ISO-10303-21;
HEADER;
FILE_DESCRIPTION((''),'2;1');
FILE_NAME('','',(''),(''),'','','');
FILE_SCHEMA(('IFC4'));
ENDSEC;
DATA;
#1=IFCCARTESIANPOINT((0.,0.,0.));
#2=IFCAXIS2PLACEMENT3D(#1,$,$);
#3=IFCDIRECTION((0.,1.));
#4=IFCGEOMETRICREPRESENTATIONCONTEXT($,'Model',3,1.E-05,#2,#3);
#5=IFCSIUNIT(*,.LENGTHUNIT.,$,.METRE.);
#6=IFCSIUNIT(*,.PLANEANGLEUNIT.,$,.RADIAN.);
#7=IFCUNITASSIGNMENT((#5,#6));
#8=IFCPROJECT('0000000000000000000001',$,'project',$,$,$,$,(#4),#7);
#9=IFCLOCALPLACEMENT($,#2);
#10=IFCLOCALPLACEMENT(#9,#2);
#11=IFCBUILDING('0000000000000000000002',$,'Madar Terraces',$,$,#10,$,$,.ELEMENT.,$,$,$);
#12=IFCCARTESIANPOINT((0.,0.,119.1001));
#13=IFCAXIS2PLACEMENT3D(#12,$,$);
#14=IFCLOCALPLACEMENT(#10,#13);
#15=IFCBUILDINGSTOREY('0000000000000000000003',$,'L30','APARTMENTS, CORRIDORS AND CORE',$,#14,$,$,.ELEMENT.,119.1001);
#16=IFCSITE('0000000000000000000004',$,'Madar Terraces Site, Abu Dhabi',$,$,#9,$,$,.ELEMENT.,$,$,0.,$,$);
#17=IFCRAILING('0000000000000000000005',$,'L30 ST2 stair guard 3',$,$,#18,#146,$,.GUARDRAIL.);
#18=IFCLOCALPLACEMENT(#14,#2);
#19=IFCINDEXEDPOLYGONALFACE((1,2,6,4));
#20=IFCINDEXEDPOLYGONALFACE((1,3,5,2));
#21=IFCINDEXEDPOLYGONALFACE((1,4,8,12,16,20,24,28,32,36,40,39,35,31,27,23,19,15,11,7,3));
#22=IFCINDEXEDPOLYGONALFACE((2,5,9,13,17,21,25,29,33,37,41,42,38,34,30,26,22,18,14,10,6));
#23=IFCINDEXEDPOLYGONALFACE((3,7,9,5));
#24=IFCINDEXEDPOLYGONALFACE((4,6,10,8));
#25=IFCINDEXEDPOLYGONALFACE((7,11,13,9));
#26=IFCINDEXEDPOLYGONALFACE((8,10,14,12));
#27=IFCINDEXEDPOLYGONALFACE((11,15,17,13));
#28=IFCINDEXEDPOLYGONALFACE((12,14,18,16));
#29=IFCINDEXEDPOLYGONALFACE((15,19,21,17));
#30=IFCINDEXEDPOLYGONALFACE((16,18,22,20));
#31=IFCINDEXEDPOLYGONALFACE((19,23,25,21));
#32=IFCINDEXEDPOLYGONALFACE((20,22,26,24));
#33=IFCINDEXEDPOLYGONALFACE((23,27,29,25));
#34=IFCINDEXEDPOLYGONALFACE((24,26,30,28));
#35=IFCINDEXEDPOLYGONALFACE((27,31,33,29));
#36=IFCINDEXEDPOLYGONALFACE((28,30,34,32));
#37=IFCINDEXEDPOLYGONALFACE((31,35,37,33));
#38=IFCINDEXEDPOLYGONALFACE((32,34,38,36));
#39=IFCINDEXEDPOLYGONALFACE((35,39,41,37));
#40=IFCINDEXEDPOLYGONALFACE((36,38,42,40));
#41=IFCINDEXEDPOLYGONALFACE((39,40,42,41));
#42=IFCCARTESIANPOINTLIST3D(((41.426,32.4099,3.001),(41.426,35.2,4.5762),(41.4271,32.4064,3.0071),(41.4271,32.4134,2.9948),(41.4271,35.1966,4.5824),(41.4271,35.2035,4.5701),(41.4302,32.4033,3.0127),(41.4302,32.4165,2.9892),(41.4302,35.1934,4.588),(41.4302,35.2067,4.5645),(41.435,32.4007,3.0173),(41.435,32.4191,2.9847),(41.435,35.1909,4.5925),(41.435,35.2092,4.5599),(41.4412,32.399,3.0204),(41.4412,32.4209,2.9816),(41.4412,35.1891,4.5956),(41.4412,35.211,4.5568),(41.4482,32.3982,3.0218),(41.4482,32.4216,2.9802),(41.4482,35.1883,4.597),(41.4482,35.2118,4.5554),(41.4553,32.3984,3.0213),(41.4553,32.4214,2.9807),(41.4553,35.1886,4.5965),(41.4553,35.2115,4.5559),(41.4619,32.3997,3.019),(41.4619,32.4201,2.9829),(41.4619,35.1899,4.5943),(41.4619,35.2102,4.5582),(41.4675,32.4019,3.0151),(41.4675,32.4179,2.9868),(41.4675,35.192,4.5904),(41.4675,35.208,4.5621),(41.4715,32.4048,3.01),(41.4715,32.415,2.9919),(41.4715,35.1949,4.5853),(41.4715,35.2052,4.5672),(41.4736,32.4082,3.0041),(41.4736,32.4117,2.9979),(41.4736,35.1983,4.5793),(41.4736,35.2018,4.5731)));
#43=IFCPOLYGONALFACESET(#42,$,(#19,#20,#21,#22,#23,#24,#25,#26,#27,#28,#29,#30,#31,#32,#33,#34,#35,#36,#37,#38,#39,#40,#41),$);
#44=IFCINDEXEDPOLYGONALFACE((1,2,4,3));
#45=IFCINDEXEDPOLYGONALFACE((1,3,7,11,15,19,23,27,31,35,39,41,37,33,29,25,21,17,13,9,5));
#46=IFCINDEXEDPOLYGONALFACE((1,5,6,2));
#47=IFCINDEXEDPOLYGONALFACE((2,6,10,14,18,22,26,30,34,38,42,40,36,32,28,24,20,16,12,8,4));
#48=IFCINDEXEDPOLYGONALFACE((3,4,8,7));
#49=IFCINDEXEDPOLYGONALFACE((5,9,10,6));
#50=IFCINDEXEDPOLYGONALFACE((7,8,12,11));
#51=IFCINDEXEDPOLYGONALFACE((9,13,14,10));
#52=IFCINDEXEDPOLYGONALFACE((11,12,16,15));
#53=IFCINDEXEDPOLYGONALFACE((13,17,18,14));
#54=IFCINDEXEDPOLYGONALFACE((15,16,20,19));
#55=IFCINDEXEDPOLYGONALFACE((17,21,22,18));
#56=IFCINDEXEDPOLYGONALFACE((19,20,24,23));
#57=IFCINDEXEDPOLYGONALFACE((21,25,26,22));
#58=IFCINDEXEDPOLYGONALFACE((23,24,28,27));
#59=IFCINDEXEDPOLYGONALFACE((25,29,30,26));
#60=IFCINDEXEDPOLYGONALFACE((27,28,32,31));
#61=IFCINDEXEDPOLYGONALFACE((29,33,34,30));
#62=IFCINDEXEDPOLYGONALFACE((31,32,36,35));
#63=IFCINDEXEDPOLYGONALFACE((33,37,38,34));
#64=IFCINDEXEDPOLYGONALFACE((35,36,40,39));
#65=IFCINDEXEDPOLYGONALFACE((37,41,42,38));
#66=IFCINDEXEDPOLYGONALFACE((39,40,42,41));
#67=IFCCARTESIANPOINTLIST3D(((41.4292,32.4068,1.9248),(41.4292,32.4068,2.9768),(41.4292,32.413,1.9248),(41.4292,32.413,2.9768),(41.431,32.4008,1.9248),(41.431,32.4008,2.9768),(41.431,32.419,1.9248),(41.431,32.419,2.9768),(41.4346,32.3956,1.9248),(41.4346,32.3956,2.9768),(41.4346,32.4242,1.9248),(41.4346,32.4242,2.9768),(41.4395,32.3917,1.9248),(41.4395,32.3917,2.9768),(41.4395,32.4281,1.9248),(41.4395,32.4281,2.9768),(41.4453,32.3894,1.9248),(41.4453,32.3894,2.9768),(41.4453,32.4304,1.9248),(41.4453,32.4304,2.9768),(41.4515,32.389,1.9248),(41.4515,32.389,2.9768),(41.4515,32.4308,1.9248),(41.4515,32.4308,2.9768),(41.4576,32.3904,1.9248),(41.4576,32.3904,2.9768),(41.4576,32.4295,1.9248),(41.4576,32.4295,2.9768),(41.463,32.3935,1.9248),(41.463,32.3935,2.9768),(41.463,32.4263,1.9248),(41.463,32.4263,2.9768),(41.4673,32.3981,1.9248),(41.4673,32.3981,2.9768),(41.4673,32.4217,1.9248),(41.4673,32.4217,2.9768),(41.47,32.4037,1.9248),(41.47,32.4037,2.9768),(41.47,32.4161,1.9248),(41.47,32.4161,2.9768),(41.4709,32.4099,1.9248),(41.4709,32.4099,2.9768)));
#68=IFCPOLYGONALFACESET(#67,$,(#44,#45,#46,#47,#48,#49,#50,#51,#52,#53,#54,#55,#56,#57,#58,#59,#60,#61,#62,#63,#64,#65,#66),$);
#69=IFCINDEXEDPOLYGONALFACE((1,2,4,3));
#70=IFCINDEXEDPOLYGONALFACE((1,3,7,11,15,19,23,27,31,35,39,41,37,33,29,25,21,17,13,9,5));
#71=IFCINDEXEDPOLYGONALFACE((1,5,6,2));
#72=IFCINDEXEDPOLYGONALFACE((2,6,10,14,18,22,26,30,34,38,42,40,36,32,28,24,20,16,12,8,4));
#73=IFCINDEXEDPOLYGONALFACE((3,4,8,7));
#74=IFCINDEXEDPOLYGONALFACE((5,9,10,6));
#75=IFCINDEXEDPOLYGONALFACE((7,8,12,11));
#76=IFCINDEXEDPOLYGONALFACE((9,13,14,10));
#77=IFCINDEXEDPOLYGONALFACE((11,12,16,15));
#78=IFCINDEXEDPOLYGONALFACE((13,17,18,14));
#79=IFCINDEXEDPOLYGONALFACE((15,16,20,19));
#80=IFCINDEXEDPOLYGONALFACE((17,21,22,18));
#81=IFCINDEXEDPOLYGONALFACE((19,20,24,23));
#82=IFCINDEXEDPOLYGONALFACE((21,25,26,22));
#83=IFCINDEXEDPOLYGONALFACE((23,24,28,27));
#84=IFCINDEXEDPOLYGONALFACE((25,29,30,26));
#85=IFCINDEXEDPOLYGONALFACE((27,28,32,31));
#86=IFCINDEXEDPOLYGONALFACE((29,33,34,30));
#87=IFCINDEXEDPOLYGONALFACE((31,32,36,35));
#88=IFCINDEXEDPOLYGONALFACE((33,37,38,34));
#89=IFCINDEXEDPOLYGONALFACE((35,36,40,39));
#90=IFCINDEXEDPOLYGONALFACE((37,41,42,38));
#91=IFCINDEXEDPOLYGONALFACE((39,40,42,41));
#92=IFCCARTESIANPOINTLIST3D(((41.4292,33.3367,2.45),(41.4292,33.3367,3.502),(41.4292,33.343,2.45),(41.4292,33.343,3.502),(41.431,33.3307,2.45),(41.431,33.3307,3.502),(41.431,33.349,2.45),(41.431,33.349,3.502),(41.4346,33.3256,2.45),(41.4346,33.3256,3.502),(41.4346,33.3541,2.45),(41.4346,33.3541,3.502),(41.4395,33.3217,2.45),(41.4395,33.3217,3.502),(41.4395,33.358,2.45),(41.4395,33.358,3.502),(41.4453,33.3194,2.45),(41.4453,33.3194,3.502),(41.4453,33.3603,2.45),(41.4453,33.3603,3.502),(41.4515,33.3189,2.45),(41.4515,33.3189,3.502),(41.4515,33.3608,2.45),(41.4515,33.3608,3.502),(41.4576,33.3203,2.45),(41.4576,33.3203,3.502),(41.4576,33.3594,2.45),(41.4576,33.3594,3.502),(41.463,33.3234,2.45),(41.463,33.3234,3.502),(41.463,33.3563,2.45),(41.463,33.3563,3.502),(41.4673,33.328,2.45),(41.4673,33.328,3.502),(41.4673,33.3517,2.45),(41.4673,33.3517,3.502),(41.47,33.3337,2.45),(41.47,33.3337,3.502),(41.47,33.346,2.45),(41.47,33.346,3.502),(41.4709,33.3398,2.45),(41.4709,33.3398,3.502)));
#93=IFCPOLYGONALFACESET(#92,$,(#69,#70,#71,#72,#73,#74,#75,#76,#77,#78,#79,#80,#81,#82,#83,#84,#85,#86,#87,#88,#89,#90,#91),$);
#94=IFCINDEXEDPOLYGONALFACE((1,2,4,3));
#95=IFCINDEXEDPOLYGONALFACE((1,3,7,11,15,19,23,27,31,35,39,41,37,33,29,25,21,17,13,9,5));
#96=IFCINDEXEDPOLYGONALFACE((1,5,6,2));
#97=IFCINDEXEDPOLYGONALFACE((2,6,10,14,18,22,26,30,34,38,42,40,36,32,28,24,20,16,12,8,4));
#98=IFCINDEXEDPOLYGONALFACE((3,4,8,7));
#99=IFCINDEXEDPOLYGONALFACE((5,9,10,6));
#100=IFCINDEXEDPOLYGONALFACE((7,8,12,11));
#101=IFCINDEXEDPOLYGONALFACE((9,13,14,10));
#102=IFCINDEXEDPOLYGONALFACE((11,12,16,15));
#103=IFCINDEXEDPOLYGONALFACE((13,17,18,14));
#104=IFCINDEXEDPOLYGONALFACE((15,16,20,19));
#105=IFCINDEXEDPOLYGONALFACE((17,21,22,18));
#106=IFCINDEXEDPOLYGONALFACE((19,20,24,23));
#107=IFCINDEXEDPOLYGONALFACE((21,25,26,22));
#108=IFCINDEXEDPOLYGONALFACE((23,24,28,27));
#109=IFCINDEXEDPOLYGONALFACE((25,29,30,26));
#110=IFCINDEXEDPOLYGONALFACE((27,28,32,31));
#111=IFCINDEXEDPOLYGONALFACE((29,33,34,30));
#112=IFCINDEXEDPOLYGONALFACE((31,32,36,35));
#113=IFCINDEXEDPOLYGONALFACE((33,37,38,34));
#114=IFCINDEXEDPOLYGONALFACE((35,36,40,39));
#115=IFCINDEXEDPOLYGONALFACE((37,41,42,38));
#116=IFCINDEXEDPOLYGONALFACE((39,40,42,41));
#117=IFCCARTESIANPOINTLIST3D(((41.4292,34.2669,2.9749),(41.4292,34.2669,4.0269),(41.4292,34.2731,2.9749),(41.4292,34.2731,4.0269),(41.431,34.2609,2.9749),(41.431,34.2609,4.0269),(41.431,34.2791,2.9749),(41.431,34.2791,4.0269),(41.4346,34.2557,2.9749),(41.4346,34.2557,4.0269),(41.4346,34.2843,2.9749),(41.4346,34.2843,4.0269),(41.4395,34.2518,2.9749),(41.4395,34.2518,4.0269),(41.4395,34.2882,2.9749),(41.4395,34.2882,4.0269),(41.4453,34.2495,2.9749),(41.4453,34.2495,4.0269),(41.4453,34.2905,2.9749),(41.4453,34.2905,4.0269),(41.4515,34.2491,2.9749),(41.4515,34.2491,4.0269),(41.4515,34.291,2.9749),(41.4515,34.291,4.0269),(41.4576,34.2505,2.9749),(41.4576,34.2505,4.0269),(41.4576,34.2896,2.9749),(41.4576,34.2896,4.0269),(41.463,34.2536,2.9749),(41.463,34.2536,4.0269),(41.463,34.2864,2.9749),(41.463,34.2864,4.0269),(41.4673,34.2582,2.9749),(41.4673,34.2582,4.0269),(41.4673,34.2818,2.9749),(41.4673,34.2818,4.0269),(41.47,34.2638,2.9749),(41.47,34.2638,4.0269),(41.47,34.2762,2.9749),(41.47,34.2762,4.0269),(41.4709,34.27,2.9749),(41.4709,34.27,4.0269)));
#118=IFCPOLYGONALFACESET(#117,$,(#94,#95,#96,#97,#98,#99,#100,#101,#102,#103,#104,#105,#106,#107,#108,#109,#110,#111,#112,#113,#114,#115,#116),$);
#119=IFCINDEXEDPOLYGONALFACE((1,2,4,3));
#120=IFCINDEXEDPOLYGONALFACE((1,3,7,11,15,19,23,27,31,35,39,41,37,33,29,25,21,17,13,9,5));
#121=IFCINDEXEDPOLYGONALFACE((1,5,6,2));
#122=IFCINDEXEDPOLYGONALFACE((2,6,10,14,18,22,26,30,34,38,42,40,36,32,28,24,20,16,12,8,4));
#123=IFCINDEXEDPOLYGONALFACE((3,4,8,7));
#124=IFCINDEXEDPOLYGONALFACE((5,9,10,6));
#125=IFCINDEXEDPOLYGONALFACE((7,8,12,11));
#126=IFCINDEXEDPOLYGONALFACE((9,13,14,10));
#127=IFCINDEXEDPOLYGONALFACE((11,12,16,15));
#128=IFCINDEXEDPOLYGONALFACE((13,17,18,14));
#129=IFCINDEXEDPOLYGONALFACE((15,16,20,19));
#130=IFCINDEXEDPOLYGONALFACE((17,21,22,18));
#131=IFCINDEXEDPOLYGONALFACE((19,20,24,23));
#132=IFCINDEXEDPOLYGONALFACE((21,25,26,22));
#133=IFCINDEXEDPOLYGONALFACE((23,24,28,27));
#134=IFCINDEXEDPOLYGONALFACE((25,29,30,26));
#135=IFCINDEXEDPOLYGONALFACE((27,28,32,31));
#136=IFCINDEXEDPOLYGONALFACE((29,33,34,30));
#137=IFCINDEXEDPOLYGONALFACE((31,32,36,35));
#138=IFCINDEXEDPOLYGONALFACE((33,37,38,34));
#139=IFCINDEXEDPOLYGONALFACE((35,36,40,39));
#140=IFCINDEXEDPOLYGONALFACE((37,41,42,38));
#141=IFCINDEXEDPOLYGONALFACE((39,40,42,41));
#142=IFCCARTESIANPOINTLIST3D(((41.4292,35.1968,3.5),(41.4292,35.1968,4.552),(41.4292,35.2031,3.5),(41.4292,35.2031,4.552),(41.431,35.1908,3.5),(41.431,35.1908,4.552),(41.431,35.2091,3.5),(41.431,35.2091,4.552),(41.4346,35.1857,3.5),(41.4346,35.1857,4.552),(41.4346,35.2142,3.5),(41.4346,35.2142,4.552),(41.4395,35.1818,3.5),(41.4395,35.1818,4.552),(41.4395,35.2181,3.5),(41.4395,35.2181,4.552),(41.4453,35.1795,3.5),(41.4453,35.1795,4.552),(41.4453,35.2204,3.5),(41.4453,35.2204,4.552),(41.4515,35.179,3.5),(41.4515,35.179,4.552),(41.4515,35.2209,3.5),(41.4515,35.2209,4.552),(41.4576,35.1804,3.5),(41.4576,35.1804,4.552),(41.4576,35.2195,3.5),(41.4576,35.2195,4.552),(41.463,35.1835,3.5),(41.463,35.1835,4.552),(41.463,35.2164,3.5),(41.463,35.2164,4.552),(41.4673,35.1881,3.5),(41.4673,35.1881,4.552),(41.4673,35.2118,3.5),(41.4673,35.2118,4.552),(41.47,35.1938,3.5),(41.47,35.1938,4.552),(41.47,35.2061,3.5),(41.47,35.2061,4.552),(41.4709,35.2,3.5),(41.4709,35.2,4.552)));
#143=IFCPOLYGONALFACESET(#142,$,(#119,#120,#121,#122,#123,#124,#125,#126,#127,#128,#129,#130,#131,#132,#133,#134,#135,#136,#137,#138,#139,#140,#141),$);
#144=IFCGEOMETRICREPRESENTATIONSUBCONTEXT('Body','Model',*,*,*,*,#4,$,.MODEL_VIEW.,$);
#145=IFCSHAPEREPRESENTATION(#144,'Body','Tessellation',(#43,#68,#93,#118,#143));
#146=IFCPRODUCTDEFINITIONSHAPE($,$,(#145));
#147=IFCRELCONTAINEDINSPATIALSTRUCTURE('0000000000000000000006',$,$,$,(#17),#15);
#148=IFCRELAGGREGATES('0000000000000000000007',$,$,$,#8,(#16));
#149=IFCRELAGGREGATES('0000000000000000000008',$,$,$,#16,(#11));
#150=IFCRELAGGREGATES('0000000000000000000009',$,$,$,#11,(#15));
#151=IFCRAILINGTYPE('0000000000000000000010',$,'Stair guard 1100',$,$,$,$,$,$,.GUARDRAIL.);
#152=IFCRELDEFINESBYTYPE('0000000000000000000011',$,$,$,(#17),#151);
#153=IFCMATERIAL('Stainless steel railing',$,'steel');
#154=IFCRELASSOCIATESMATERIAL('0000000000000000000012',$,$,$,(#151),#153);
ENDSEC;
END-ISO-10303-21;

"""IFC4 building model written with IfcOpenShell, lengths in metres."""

from ifc_helpers import new_model, si_unit, direction, frame, origin, origin_2d, place, context, subcontext, project, spatial, circle, extrude, material, type_object, element, save


model = new_model("IFC4")

# Units and contexts
model_context = context("Model", 3, precision=1e-05, world=origin(), true_north=direction((0.0, 1.0)))
body_context = subcontext(model_context, "Body", "Model", "MODEL_VIEW")
ifc_project = project(units=[si_unit("LENGTHUNIT", "METRE"), si_unit("PLANEANGLEUNIT", "RADIAN")], contexts=[model_context])

# Site, building, storey
site_placement = place(None, origin())
site = spatial("IfcSite", under=ifc_project, at=site_placement, Name="Madar Terraces Site, Abu Dhabi", CompositionType="ELEMENT", RefElevation=0.0)
building_placement = place(site_placement, origin())
building = spatial("IfcBuilding", under=site, at=building_placement, Name="Madar Terraces", CompositionType="ELEMENT")
storey_placement = place(building_placement, frame((0.0, 0.0, 119.1001)))
storey = spatial("IfcBuildingStorey", under=building, at=storey_placement, Name="L30", Description="APARTMENTS, CORRIDORS AND CORE", CompositionType="ELEMENT", Elevation=119.1001)

# Railing
ifc_material_1 = material(Name="Stainless steel railing", Category="steel")
railing_type_1 = type_object("IfcRailingType", Name="Stair guard 1100", PredefinedType="GUARDRAIL", material=ifc_material_1)
railing_1_placement = place(storey_placement, frame((41.45, 32.4099, 1.9248)))
element("IfcRailing", 1, at=railing_1_placement, inside=storey, type_object=railing_type_1, Name="L30 ST2 stair guard 3", PredefinedType="GUARDRAIL", context=body_context, shape_type="SweptSolid", body=[
    extrude(circle(Radius=0.0239, at=origin_2d()), frame((0.0, 0.0, 1.0762), z_axis=(0.0, 0.870801, 0.491635), x_axis=(-1.0, 0.0, 0.0)), (0.0, 0.0, 1.0), 3.2041),
    extrude(circle(Radius=0.021, at=origin_2d()), origin(), (0.0, 0.0, 1.0), 1.052),
    extrude(circle(Radius=0.021, at=origin_2d()), frame((0.0, 0.9299, 0.5251)), (0.0, 0.0, 1.0), 1.052),
    extrude(circle(Radius=0.021, at=origin_2d()), frame((0.0, 1.8601, 1.05)), (0.0, 0.0, 1.0), 1.052),
    extrude(circle(Radius=0.021, at=origin_2d()), frame((0.0, 2.79, 1.5752)), (0.0, 0.0, 1.0), 1.052),
])

save(model, "model.ifc")
